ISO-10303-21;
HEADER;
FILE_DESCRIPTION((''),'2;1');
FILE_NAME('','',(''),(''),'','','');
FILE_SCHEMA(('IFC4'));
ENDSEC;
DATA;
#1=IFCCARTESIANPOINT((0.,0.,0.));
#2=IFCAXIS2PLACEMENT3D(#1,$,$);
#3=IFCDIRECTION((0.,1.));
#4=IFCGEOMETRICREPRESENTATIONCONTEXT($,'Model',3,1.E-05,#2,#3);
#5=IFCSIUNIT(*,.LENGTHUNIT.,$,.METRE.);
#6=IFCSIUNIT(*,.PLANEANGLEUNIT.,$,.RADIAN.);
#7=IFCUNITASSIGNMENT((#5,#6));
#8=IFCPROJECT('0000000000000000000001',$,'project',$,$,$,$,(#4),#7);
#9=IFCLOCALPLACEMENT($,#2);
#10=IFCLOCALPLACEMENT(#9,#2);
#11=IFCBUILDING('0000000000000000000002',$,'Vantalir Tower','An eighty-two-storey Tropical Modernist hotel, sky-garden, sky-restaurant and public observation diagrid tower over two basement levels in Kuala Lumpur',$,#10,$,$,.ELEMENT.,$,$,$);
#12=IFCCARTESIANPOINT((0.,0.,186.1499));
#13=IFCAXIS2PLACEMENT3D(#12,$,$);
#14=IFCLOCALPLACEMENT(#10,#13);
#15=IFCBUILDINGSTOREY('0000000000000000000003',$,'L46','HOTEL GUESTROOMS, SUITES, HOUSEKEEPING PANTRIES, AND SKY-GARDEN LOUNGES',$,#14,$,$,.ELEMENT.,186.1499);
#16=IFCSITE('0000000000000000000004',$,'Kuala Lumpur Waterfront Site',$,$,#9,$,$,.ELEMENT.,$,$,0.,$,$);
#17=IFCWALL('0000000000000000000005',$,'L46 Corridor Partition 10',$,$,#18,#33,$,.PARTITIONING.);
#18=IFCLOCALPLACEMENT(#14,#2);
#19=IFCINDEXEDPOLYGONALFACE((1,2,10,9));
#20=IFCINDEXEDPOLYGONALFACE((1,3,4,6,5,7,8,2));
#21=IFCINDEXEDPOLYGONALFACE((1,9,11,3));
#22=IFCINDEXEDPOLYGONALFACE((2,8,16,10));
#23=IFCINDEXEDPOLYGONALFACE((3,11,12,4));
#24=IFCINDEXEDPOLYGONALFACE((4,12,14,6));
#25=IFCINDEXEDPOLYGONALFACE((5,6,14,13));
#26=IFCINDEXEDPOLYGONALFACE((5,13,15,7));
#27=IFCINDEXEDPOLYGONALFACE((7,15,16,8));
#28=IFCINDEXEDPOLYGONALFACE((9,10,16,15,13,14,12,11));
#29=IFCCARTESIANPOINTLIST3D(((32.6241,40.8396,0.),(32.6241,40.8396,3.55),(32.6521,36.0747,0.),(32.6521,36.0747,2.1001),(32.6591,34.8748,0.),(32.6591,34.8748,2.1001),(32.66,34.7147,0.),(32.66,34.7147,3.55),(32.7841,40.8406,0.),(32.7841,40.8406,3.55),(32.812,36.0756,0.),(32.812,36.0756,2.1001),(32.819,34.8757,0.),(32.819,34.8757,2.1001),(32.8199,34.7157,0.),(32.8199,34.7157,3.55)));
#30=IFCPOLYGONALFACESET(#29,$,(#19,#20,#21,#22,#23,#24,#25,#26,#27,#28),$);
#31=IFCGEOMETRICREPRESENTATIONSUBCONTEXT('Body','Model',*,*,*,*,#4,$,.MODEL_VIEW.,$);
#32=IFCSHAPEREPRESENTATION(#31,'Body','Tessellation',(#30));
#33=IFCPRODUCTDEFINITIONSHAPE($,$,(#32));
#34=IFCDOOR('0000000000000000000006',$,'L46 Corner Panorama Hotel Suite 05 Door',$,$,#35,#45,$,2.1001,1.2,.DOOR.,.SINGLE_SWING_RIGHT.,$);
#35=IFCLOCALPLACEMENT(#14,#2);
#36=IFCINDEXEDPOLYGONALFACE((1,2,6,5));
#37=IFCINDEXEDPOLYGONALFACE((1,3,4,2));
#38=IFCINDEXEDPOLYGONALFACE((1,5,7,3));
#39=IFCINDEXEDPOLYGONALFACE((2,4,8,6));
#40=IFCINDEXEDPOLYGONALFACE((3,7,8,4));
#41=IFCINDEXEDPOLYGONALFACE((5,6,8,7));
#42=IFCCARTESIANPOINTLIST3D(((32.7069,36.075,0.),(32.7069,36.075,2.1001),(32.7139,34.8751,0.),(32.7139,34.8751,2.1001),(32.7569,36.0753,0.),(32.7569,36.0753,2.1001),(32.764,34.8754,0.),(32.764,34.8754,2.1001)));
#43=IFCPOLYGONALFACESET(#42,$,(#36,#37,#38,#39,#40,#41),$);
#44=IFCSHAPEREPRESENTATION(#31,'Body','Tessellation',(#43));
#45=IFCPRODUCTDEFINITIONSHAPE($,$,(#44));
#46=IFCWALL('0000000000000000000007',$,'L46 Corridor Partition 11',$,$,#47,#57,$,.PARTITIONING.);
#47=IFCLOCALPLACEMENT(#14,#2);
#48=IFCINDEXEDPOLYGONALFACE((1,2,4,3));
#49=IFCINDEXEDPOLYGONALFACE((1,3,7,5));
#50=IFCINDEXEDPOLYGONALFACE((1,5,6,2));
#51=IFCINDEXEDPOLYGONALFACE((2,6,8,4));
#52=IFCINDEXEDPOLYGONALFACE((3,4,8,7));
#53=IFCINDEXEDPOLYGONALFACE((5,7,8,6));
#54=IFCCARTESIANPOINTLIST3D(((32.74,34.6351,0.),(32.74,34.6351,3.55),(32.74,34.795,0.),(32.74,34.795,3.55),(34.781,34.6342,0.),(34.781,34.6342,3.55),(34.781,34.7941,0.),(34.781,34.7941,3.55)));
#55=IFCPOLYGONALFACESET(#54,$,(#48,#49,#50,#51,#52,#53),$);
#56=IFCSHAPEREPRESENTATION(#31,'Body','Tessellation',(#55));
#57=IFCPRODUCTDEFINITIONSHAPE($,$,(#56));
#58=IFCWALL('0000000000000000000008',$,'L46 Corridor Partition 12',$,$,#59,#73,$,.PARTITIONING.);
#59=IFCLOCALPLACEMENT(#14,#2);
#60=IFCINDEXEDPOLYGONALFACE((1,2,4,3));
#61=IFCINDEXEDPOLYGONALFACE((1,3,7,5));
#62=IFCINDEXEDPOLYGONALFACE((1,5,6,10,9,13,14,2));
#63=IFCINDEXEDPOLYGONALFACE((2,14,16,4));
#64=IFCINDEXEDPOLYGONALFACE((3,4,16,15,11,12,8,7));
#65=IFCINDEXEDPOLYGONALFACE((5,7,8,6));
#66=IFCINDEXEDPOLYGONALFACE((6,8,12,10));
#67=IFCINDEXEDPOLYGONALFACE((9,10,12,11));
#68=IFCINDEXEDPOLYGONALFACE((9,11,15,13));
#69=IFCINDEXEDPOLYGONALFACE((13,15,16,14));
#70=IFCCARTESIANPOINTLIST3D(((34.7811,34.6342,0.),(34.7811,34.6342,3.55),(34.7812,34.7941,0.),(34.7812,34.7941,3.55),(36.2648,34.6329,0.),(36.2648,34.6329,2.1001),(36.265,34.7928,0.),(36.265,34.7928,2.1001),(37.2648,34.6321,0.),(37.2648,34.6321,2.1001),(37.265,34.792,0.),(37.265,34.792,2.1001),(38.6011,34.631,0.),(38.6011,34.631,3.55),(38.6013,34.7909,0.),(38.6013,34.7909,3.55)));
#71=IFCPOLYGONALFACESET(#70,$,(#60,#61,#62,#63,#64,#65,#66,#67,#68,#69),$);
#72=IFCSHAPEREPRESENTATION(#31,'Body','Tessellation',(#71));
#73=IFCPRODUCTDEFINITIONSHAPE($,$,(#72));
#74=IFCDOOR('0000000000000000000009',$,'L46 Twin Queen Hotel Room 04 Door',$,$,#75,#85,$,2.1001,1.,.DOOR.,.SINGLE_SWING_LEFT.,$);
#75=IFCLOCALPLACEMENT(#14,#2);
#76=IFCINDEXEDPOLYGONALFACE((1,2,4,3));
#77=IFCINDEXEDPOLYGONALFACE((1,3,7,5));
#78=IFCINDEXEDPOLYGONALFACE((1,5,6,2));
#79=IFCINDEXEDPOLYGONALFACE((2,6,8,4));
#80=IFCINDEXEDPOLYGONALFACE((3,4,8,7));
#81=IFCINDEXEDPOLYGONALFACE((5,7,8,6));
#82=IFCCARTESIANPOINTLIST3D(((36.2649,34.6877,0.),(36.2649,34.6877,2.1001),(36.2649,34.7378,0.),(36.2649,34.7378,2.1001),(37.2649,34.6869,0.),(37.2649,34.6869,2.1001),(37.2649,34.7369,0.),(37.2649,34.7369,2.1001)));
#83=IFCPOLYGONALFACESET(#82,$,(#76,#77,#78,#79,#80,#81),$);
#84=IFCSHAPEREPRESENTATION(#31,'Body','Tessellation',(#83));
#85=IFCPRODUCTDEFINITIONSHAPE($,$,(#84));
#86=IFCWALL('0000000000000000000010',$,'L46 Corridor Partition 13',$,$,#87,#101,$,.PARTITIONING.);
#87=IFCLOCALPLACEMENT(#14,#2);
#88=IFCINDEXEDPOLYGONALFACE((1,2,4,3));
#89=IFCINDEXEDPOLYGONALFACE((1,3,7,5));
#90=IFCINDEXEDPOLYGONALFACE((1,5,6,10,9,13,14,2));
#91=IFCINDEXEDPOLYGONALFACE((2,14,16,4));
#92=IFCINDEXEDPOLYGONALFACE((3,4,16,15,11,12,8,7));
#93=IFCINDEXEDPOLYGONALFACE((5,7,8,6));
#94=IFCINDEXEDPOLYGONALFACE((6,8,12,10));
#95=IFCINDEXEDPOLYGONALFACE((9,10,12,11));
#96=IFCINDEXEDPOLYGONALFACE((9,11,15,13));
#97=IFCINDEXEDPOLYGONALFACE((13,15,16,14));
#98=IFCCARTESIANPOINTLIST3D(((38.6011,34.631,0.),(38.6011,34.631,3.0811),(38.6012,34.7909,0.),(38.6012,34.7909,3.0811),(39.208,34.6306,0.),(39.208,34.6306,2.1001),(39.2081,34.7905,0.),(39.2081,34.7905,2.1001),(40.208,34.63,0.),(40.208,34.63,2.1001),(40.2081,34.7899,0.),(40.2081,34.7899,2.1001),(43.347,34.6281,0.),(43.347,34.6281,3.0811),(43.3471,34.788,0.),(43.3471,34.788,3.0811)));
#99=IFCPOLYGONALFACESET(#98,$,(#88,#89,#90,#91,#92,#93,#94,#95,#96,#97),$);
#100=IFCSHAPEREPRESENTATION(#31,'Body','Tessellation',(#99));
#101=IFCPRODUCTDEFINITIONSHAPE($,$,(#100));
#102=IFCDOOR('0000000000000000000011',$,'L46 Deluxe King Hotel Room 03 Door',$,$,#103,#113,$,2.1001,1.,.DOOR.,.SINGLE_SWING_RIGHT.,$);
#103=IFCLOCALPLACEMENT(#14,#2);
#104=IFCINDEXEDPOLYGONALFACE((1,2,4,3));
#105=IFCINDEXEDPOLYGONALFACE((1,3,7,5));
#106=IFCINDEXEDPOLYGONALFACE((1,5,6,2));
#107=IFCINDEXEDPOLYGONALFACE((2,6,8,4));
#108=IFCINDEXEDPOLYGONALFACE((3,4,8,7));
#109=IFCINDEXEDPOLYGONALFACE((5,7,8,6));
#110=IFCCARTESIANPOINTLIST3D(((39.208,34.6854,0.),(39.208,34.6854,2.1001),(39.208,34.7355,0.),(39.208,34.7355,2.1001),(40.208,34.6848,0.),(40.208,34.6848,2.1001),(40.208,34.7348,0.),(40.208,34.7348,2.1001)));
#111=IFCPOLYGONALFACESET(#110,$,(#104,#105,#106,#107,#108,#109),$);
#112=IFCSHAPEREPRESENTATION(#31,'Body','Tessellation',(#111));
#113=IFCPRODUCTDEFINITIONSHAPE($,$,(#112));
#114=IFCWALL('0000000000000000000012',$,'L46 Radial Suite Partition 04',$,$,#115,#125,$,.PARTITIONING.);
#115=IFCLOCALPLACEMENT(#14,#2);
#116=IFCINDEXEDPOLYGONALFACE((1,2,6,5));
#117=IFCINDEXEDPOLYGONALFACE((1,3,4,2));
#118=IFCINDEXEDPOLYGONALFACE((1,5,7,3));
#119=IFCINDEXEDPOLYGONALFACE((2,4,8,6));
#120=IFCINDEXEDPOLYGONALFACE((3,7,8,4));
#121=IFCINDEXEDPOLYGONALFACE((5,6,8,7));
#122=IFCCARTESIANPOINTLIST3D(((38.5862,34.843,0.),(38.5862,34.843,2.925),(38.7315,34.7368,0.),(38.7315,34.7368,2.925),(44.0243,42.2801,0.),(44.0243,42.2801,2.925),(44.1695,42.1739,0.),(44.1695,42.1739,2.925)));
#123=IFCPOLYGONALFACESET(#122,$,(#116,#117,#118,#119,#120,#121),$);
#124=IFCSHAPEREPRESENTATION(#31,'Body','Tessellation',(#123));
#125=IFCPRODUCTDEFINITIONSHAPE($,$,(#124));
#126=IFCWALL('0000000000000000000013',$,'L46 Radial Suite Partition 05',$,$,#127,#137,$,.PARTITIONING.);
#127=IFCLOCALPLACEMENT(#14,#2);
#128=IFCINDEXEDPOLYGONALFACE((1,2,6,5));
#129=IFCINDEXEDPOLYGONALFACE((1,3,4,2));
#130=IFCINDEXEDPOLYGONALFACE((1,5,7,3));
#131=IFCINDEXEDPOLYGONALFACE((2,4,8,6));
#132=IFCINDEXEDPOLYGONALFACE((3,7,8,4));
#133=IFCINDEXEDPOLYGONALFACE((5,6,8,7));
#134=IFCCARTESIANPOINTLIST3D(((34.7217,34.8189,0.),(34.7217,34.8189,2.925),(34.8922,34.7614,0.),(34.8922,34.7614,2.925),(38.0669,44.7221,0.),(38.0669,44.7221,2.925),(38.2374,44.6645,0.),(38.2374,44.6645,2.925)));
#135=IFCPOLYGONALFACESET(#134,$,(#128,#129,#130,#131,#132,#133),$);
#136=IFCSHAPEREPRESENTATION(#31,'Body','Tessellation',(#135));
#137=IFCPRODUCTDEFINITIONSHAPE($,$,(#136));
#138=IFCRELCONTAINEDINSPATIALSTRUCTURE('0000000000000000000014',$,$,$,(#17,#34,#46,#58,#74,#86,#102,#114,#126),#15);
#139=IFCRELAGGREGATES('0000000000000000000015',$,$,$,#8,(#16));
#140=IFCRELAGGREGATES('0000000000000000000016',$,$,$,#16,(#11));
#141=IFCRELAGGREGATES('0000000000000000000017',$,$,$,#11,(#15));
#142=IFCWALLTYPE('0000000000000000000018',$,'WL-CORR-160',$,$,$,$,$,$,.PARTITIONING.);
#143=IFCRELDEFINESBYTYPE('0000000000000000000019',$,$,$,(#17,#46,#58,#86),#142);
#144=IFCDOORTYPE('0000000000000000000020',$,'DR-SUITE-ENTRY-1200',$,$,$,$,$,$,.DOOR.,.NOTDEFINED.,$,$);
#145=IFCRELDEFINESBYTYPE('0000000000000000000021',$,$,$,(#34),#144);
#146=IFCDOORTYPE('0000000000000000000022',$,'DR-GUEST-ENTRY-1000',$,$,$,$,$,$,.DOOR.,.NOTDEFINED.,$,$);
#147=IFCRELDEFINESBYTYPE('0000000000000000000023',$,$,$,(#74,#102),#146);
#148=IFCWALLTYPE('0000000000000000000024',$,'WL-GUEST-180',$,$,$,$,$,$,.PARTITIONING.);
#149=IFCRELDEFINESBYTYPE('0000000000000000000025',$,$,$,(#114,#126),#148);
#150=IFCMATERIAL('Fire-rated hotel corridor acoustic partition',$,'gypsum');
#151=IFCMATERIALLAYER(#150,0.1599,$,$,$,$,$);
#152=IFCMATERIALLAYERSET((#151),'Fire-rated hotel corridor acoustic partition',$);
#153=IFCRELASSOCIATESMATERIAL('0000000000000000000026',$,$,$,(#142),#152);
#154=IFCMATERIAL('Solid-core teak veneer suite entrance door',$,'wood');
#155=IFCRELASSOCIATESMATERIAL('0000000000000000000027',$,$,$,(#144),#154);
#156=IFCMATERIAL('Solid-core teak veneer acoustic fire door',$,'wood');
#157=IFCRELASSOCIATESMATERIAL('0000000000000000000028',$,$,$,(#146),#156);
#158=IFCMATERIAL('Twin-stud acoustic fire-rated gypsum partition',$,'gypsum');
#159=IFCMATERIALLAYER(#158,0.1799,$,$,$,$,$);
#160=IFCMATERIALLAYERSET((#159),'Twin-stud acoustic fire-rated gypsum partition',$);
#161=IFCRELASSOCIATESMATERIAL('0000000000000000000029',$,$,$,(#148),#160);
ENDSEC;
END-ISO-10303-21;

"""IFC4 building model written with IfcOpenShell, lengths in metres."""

from ifc_helpers import new_model, si_unit, direction, frame, frame_2d, origin, place, context, subcontext, project, spatial, rectangle, extrude, material, layer, layer_set, type_object, element, fill, save


model = new_model("IFC4")

# Units and contexts
model_context = context("Model", 3, precision=1e-05, world=origin(), true_north=direction((0.0, 1.0)))
body_context = subcontext(model_context, "Body", "Model", "MODEL_VIEW")
ifc_project = project(units=[si_unit("LENGTHUNIT", "METRE"), si_unit("PLANEANGLEUNIT", "RADIAN")], contexts=[model_context])

# Site, building, storey
site_placement = place(None, origin())
site = spatial("IfcSite", under=ifc_project, at=site_placement, Name="Kuala Lumpur Waterfront Site", CompositionType="ELEMENT", RefElevation=0.0)
building_placement = place(site_placement, origin())
building = spatial("IfcBuilding", under=site, at=building_placement, Name="Vantalir Tower", Description="An eighty-two-storey Tropical Modernist hotel, sky-garden, sky-restaurant and public observation diagrid tower over two basement levels in Kuala Lumpur", CompositionType="ELEMENT")
storey_placement = place(building_placement, frame((0.0, 0.0, 186.1499)))
storey = spatial("IfcBuildingStorey", under=building, at=storey_placement, Name="L46", Description="HOTEL GUESTROOMS, SUITES, HOUSEKEEPING PANTRIES, AND SKY-GARDEN LOUNGES", CompositionType="ELEMENT", Elevation=186.1499)

# Wall, opening, door
ifc_material_1 = material(Name="Fire-rated hotel corridor acoustic partition", Category="gypsum")
ifc_layer_1 = layer(ifc_material_1, 0.1599)
ifc_layer_set_1 = layer_set([ifc_layer_1], Name="Fire-rated hotel corridor acoustic partition")
wall_type_1 = type_object("IfcWallType", Name="WL-CORR-160", PredefinedType="PARTITIONING", material=ifc_layer_set_1)
wall_1_placement = place(storey_placement, frame((32.7041, 40.8401, 0.0), z_axis=(0.0, 0.0, 1.0), x_axis=(0.005859, -0.999983, 0.0)))
wall_1 = element("IfcWall", 1, at=wall_1_placement, inside=storey, type_object=wall_type_1, Name="L46 Corridor Partition 10", PredefinedType="PARTITIONING", context=body_context, shape_type="SweptSolid", body=[
    extrude(rectangle(XDim=6.125, YDim=0.1599, at=frame_2d((3.0625, 0.0))), origin(), (0.0, 0.0, 1.0), 3.55),
])
opening_1_placement = place(wall_1_placement, frame((4.7649, 0.0, 0.0)))
opening_1 = element("IfcOpeningElement", 2, at=opening_1_placement, cuts=wall_1, PredefinedType="OPENING", context=body_context, shape_type="SweptSolid", body=[
    extrude(rectangle(XDim=1.2, YDim=2.1001, at=frame_2d((0.6001, 1.05))), frame((0.0, 0.0898, 0.0), z_axis=(0.0, -1.0, 0.0), x_axis=(1.0, 0.0, 0.0)), (0.0, 0.0, 1.0), 0.1799),
])
ifc_material_2 = material(Name="Solid-core teak veneer suite entrance door", Category="wood")
door_type_1 = type_object("IfcDoorType", Name="DR-SUITE-ENTRY-1200", OperationType="NOTDEFINED", PredefinedType="DOOR", material=ifc_material_2)
door_1_placement = place(opening_1_placement, origin())
door_1 = element("IfcDoor", 3, at=door_1_placement, inside=storey, type_object=door_type_1, Name="L46 Corner Panorama Hotel Suite 05 Door", OperationType="SINGLE_SWING_RIGHT", OverallHeight=2.1001, OverallWidth=1.2, PredefinedType="DOOR", context=body_context, shape_type="SweptSolid", body=[
    extrude(rectangle(XDim=1.2, YDim=2.1001, at=frame_2d((0.6001, 1.05))), frame((0.0, 0.0249, 0.0), z_axis=(0.0, -1.0, 0.0), x_axis=(1.0, 0.0, 0.0)), (0.0, 0.0, 1.0), 0.05),
])
fill(opening_1, door_1)

# Wall
wall_2_placement = place(storey_placement, frame((32.74, 34.7151, 0.0), z_axis=(0.0, 0.0, 1.0), x_axis=(1.0, -0.000478, 0.0)))
element("IfcWall", 4, at=wall_2_placement, inside=storey, type_object=wall_type_1, Name="L46 Corridor Partition 11", PredefinedType="PARTITIONING", context=body_context, shape_type="SweptSolid", body=[
    extrude(rectangle(XDim=2.041, YDim=0.1599, at=frame_2d((1.0205, 0.0))), origin(), (0.0, 0.0, 1.0), 3.55),
])

# Walls, openings, doors
wall_3_placement = place(storey_placement, frame((34.781, 34.7141, 0.0), z_axis=(0.0, 0.0, 1.0), x_axis=(1.0, -0.000831, 0.0)))
wall_3 = element("IfcWall", 5, at=wall_3_placement, inside=storey, type_object=wall_type_1, Name="L46 Corridor Partition 12", PredefinedType="PARTITIONING", context=body_context, shape_type="SweptSolid", body=[
    extrude(rectangle(XDim=3.8201, YDim=0.1599, at=frame_2d((1.9102, 0.0))), origin(), (0.0, 0.0, 1.0), 3.55),
])
opening_2_placement = place(wall_3_placement, frame((1.4839, 0.0, 0.0)))
opening_2 = element("IfcOpeningElement", 6, at=opening_2_placement, cuts=wall_3, PredefinedType="OPENING", context=body_context, shape_type="SweptSolid", body=[
    extrude(rectangle(XDim=1.0, YDim=2.1001, at=frame_2d((0.5, 1.05))), frame((0.0, 0.0898, 0.0), z_axis=(0.0, -1.0, 0.0), x_axis=(1.0, 0.0, 0.0)), (0.0, 0.0, 1.0), 0.1799),
])
ifc_material_3 = material(Name="Solid-core teak veneer acoustic fire door", Category="wood")
door_type_2 = type_object("IfcDoorType", Name="DR-GUEST-ENTRY-1000", OperationType="NOTDEFINED", PredefinedType="DOOR", material=ifc_material_3)
door_2_placement = place(opening_2_placement, origin())
door_2 = element("IfcDoor", 7, at=door_2_placement, inside=storey, type_object=door_type_2, Name="L46 Twin Queen Hotel Room 04 Door", OperationType="SINGLE_SWING_LEFT", OverallHeight=2.1001, OverallWidth=1.0, PredefinedType="DOOR", context=body_context, shape_type="SweptSolid", body=[
    extrude(rectangle(XDim=1.0, YDim=2.1001, at=frame_2d((0.5, 1.05))), frame((0.0, 0.0249, 0.0), z_axis=(0.0, -1.0, 0.0), x_axis=(1.0, 0.0, 0.0)), (0.0, 0.0, 1.0), 0.05),
])
fill(opening_2, door_2)
wall_4_placement = place(storey_placement, frame((38.6011, 34.7109, 0.0), z_axis=(0.0, 0.0, 1.0), x_axis=(1.0, -0.000617, 0.0)))
wall_4 = element("IfcWall", 8, at=wall_4_placement, inside=storey, type_object=wall_type_1, Name="L46 Corridor Partition 13", PredefinedType="PARTITIONING", context=body_context, shape_type="SweptSolid", body=[
    extrude(rectangle(XDim=4.7458, YDim=0.1599, at=frame_2d((2.373, 0.0))), origin(), (0.0, 0.0, 1.0), 3.0811),
])
opening_3_placement = place(wall_4_placement, frame((0.6069, 0.0, 0.0)))
opening_3 = element("IfcOpeningElement", 9, at=opening_3_placement, cuts=wall_4, PredefinedType="OPENING", context=body_context, shape_type="SweptSolid", body=[
    extrude(rectangle(XDim=1.0, YDim=2.1001, at=frame_2d((0.5, 1.05))), frame((0.0, 0.0898, 0.0), z_axis=(0.0, -1.0, 0.0), x_axis=(1.0, 0.0, 0.0)), (0.0, 0.0, 1.0), 0.1799),
])
door_3_placement = place(opening_3_placement, origin())
door_3 = element("IfcDoor", 10, at=door_3_placement, inside=storey, type_object=door_type_2, Name="L46 Deluxe King Hotel Room 03 Door", OperationType="SINGLE_SWING_RIGHT", OverallHeight=2.1001, OverallWidth=1.0, PredefinedType="DOOR", context=body_context, shape_type="SweptSolid", body=[
    extrude(rectangle(XDim=1.0, YDim=2.1001, at=frame_2d((0.5, 1.05))), frame((0.0, 0.0249, 0.0), z_axis=(0.0, -1.0, 0.0), x_axis=(1.0, 0.0, 0.0)), (0.0, 0.0, 1.0), 0.05),
])
fill(opening_3, door_3)

# Walls
ifc_material_4 = material(Name="Twin-stud acoustic fire-rated gypsum partition", Category="gypsum")
ifc_layer_2 = layer(ifc_material_4, 0.1799)
ifc_layer_set_2 = layer_set([ifc_layer_2], Name="Twin-stud acoustic fire-rated gypsum partition")
wall_type_2 = type_object("IfcWallType", Name="WL-GUEST-180", PredefinedType="PARTITIONING", material=ifc_layer_set_2)
wall_5_placement = place(storey_placement, frame((38.6589, 34.79, 0.0), z_axis=(0.0, 0.0, 1.0), x_axis=(0.590246, 0.807223, 0.0)))
element("IfcWall", 11, at=wall_5_placement, inside=storey, type_object=wall_type_2, Name="L46 Radial Suite Partition 04", PredefinedType="PARTITIONING", context=body_context, shape_type="SweptSolid", body=[
    extrude(rectangle(XDim=9.2131, YDim=0.1799, at=frame_2d((4.6064, 0.0))), origin(), (0.0, 0.0, 1.0), 2.925),
])
wall_6_placement = place(storey_placement, frame((34.8069, 34.79, 0.0), z_axis=(0.0, 0.0, 1.0), x_axis=(0.32003, 0.947407, 0.0)))
element("IfcWall", 12, at=wall_6_placement, inside=storey, type_object=wall_type_2, Name="L46 Radial Suite Partition 05", PredefinedType="PARTITIONING", context=body_context, shape_type="SweptSolid", body=[
    extrude(rectangle(XDim=10.4529, YDim=0.1799, at=frame_2d((5.2266, 0.0))), origin(), (0.0, 0.0, 1.0), 2.925),
])

save(model, "model.ifc")
